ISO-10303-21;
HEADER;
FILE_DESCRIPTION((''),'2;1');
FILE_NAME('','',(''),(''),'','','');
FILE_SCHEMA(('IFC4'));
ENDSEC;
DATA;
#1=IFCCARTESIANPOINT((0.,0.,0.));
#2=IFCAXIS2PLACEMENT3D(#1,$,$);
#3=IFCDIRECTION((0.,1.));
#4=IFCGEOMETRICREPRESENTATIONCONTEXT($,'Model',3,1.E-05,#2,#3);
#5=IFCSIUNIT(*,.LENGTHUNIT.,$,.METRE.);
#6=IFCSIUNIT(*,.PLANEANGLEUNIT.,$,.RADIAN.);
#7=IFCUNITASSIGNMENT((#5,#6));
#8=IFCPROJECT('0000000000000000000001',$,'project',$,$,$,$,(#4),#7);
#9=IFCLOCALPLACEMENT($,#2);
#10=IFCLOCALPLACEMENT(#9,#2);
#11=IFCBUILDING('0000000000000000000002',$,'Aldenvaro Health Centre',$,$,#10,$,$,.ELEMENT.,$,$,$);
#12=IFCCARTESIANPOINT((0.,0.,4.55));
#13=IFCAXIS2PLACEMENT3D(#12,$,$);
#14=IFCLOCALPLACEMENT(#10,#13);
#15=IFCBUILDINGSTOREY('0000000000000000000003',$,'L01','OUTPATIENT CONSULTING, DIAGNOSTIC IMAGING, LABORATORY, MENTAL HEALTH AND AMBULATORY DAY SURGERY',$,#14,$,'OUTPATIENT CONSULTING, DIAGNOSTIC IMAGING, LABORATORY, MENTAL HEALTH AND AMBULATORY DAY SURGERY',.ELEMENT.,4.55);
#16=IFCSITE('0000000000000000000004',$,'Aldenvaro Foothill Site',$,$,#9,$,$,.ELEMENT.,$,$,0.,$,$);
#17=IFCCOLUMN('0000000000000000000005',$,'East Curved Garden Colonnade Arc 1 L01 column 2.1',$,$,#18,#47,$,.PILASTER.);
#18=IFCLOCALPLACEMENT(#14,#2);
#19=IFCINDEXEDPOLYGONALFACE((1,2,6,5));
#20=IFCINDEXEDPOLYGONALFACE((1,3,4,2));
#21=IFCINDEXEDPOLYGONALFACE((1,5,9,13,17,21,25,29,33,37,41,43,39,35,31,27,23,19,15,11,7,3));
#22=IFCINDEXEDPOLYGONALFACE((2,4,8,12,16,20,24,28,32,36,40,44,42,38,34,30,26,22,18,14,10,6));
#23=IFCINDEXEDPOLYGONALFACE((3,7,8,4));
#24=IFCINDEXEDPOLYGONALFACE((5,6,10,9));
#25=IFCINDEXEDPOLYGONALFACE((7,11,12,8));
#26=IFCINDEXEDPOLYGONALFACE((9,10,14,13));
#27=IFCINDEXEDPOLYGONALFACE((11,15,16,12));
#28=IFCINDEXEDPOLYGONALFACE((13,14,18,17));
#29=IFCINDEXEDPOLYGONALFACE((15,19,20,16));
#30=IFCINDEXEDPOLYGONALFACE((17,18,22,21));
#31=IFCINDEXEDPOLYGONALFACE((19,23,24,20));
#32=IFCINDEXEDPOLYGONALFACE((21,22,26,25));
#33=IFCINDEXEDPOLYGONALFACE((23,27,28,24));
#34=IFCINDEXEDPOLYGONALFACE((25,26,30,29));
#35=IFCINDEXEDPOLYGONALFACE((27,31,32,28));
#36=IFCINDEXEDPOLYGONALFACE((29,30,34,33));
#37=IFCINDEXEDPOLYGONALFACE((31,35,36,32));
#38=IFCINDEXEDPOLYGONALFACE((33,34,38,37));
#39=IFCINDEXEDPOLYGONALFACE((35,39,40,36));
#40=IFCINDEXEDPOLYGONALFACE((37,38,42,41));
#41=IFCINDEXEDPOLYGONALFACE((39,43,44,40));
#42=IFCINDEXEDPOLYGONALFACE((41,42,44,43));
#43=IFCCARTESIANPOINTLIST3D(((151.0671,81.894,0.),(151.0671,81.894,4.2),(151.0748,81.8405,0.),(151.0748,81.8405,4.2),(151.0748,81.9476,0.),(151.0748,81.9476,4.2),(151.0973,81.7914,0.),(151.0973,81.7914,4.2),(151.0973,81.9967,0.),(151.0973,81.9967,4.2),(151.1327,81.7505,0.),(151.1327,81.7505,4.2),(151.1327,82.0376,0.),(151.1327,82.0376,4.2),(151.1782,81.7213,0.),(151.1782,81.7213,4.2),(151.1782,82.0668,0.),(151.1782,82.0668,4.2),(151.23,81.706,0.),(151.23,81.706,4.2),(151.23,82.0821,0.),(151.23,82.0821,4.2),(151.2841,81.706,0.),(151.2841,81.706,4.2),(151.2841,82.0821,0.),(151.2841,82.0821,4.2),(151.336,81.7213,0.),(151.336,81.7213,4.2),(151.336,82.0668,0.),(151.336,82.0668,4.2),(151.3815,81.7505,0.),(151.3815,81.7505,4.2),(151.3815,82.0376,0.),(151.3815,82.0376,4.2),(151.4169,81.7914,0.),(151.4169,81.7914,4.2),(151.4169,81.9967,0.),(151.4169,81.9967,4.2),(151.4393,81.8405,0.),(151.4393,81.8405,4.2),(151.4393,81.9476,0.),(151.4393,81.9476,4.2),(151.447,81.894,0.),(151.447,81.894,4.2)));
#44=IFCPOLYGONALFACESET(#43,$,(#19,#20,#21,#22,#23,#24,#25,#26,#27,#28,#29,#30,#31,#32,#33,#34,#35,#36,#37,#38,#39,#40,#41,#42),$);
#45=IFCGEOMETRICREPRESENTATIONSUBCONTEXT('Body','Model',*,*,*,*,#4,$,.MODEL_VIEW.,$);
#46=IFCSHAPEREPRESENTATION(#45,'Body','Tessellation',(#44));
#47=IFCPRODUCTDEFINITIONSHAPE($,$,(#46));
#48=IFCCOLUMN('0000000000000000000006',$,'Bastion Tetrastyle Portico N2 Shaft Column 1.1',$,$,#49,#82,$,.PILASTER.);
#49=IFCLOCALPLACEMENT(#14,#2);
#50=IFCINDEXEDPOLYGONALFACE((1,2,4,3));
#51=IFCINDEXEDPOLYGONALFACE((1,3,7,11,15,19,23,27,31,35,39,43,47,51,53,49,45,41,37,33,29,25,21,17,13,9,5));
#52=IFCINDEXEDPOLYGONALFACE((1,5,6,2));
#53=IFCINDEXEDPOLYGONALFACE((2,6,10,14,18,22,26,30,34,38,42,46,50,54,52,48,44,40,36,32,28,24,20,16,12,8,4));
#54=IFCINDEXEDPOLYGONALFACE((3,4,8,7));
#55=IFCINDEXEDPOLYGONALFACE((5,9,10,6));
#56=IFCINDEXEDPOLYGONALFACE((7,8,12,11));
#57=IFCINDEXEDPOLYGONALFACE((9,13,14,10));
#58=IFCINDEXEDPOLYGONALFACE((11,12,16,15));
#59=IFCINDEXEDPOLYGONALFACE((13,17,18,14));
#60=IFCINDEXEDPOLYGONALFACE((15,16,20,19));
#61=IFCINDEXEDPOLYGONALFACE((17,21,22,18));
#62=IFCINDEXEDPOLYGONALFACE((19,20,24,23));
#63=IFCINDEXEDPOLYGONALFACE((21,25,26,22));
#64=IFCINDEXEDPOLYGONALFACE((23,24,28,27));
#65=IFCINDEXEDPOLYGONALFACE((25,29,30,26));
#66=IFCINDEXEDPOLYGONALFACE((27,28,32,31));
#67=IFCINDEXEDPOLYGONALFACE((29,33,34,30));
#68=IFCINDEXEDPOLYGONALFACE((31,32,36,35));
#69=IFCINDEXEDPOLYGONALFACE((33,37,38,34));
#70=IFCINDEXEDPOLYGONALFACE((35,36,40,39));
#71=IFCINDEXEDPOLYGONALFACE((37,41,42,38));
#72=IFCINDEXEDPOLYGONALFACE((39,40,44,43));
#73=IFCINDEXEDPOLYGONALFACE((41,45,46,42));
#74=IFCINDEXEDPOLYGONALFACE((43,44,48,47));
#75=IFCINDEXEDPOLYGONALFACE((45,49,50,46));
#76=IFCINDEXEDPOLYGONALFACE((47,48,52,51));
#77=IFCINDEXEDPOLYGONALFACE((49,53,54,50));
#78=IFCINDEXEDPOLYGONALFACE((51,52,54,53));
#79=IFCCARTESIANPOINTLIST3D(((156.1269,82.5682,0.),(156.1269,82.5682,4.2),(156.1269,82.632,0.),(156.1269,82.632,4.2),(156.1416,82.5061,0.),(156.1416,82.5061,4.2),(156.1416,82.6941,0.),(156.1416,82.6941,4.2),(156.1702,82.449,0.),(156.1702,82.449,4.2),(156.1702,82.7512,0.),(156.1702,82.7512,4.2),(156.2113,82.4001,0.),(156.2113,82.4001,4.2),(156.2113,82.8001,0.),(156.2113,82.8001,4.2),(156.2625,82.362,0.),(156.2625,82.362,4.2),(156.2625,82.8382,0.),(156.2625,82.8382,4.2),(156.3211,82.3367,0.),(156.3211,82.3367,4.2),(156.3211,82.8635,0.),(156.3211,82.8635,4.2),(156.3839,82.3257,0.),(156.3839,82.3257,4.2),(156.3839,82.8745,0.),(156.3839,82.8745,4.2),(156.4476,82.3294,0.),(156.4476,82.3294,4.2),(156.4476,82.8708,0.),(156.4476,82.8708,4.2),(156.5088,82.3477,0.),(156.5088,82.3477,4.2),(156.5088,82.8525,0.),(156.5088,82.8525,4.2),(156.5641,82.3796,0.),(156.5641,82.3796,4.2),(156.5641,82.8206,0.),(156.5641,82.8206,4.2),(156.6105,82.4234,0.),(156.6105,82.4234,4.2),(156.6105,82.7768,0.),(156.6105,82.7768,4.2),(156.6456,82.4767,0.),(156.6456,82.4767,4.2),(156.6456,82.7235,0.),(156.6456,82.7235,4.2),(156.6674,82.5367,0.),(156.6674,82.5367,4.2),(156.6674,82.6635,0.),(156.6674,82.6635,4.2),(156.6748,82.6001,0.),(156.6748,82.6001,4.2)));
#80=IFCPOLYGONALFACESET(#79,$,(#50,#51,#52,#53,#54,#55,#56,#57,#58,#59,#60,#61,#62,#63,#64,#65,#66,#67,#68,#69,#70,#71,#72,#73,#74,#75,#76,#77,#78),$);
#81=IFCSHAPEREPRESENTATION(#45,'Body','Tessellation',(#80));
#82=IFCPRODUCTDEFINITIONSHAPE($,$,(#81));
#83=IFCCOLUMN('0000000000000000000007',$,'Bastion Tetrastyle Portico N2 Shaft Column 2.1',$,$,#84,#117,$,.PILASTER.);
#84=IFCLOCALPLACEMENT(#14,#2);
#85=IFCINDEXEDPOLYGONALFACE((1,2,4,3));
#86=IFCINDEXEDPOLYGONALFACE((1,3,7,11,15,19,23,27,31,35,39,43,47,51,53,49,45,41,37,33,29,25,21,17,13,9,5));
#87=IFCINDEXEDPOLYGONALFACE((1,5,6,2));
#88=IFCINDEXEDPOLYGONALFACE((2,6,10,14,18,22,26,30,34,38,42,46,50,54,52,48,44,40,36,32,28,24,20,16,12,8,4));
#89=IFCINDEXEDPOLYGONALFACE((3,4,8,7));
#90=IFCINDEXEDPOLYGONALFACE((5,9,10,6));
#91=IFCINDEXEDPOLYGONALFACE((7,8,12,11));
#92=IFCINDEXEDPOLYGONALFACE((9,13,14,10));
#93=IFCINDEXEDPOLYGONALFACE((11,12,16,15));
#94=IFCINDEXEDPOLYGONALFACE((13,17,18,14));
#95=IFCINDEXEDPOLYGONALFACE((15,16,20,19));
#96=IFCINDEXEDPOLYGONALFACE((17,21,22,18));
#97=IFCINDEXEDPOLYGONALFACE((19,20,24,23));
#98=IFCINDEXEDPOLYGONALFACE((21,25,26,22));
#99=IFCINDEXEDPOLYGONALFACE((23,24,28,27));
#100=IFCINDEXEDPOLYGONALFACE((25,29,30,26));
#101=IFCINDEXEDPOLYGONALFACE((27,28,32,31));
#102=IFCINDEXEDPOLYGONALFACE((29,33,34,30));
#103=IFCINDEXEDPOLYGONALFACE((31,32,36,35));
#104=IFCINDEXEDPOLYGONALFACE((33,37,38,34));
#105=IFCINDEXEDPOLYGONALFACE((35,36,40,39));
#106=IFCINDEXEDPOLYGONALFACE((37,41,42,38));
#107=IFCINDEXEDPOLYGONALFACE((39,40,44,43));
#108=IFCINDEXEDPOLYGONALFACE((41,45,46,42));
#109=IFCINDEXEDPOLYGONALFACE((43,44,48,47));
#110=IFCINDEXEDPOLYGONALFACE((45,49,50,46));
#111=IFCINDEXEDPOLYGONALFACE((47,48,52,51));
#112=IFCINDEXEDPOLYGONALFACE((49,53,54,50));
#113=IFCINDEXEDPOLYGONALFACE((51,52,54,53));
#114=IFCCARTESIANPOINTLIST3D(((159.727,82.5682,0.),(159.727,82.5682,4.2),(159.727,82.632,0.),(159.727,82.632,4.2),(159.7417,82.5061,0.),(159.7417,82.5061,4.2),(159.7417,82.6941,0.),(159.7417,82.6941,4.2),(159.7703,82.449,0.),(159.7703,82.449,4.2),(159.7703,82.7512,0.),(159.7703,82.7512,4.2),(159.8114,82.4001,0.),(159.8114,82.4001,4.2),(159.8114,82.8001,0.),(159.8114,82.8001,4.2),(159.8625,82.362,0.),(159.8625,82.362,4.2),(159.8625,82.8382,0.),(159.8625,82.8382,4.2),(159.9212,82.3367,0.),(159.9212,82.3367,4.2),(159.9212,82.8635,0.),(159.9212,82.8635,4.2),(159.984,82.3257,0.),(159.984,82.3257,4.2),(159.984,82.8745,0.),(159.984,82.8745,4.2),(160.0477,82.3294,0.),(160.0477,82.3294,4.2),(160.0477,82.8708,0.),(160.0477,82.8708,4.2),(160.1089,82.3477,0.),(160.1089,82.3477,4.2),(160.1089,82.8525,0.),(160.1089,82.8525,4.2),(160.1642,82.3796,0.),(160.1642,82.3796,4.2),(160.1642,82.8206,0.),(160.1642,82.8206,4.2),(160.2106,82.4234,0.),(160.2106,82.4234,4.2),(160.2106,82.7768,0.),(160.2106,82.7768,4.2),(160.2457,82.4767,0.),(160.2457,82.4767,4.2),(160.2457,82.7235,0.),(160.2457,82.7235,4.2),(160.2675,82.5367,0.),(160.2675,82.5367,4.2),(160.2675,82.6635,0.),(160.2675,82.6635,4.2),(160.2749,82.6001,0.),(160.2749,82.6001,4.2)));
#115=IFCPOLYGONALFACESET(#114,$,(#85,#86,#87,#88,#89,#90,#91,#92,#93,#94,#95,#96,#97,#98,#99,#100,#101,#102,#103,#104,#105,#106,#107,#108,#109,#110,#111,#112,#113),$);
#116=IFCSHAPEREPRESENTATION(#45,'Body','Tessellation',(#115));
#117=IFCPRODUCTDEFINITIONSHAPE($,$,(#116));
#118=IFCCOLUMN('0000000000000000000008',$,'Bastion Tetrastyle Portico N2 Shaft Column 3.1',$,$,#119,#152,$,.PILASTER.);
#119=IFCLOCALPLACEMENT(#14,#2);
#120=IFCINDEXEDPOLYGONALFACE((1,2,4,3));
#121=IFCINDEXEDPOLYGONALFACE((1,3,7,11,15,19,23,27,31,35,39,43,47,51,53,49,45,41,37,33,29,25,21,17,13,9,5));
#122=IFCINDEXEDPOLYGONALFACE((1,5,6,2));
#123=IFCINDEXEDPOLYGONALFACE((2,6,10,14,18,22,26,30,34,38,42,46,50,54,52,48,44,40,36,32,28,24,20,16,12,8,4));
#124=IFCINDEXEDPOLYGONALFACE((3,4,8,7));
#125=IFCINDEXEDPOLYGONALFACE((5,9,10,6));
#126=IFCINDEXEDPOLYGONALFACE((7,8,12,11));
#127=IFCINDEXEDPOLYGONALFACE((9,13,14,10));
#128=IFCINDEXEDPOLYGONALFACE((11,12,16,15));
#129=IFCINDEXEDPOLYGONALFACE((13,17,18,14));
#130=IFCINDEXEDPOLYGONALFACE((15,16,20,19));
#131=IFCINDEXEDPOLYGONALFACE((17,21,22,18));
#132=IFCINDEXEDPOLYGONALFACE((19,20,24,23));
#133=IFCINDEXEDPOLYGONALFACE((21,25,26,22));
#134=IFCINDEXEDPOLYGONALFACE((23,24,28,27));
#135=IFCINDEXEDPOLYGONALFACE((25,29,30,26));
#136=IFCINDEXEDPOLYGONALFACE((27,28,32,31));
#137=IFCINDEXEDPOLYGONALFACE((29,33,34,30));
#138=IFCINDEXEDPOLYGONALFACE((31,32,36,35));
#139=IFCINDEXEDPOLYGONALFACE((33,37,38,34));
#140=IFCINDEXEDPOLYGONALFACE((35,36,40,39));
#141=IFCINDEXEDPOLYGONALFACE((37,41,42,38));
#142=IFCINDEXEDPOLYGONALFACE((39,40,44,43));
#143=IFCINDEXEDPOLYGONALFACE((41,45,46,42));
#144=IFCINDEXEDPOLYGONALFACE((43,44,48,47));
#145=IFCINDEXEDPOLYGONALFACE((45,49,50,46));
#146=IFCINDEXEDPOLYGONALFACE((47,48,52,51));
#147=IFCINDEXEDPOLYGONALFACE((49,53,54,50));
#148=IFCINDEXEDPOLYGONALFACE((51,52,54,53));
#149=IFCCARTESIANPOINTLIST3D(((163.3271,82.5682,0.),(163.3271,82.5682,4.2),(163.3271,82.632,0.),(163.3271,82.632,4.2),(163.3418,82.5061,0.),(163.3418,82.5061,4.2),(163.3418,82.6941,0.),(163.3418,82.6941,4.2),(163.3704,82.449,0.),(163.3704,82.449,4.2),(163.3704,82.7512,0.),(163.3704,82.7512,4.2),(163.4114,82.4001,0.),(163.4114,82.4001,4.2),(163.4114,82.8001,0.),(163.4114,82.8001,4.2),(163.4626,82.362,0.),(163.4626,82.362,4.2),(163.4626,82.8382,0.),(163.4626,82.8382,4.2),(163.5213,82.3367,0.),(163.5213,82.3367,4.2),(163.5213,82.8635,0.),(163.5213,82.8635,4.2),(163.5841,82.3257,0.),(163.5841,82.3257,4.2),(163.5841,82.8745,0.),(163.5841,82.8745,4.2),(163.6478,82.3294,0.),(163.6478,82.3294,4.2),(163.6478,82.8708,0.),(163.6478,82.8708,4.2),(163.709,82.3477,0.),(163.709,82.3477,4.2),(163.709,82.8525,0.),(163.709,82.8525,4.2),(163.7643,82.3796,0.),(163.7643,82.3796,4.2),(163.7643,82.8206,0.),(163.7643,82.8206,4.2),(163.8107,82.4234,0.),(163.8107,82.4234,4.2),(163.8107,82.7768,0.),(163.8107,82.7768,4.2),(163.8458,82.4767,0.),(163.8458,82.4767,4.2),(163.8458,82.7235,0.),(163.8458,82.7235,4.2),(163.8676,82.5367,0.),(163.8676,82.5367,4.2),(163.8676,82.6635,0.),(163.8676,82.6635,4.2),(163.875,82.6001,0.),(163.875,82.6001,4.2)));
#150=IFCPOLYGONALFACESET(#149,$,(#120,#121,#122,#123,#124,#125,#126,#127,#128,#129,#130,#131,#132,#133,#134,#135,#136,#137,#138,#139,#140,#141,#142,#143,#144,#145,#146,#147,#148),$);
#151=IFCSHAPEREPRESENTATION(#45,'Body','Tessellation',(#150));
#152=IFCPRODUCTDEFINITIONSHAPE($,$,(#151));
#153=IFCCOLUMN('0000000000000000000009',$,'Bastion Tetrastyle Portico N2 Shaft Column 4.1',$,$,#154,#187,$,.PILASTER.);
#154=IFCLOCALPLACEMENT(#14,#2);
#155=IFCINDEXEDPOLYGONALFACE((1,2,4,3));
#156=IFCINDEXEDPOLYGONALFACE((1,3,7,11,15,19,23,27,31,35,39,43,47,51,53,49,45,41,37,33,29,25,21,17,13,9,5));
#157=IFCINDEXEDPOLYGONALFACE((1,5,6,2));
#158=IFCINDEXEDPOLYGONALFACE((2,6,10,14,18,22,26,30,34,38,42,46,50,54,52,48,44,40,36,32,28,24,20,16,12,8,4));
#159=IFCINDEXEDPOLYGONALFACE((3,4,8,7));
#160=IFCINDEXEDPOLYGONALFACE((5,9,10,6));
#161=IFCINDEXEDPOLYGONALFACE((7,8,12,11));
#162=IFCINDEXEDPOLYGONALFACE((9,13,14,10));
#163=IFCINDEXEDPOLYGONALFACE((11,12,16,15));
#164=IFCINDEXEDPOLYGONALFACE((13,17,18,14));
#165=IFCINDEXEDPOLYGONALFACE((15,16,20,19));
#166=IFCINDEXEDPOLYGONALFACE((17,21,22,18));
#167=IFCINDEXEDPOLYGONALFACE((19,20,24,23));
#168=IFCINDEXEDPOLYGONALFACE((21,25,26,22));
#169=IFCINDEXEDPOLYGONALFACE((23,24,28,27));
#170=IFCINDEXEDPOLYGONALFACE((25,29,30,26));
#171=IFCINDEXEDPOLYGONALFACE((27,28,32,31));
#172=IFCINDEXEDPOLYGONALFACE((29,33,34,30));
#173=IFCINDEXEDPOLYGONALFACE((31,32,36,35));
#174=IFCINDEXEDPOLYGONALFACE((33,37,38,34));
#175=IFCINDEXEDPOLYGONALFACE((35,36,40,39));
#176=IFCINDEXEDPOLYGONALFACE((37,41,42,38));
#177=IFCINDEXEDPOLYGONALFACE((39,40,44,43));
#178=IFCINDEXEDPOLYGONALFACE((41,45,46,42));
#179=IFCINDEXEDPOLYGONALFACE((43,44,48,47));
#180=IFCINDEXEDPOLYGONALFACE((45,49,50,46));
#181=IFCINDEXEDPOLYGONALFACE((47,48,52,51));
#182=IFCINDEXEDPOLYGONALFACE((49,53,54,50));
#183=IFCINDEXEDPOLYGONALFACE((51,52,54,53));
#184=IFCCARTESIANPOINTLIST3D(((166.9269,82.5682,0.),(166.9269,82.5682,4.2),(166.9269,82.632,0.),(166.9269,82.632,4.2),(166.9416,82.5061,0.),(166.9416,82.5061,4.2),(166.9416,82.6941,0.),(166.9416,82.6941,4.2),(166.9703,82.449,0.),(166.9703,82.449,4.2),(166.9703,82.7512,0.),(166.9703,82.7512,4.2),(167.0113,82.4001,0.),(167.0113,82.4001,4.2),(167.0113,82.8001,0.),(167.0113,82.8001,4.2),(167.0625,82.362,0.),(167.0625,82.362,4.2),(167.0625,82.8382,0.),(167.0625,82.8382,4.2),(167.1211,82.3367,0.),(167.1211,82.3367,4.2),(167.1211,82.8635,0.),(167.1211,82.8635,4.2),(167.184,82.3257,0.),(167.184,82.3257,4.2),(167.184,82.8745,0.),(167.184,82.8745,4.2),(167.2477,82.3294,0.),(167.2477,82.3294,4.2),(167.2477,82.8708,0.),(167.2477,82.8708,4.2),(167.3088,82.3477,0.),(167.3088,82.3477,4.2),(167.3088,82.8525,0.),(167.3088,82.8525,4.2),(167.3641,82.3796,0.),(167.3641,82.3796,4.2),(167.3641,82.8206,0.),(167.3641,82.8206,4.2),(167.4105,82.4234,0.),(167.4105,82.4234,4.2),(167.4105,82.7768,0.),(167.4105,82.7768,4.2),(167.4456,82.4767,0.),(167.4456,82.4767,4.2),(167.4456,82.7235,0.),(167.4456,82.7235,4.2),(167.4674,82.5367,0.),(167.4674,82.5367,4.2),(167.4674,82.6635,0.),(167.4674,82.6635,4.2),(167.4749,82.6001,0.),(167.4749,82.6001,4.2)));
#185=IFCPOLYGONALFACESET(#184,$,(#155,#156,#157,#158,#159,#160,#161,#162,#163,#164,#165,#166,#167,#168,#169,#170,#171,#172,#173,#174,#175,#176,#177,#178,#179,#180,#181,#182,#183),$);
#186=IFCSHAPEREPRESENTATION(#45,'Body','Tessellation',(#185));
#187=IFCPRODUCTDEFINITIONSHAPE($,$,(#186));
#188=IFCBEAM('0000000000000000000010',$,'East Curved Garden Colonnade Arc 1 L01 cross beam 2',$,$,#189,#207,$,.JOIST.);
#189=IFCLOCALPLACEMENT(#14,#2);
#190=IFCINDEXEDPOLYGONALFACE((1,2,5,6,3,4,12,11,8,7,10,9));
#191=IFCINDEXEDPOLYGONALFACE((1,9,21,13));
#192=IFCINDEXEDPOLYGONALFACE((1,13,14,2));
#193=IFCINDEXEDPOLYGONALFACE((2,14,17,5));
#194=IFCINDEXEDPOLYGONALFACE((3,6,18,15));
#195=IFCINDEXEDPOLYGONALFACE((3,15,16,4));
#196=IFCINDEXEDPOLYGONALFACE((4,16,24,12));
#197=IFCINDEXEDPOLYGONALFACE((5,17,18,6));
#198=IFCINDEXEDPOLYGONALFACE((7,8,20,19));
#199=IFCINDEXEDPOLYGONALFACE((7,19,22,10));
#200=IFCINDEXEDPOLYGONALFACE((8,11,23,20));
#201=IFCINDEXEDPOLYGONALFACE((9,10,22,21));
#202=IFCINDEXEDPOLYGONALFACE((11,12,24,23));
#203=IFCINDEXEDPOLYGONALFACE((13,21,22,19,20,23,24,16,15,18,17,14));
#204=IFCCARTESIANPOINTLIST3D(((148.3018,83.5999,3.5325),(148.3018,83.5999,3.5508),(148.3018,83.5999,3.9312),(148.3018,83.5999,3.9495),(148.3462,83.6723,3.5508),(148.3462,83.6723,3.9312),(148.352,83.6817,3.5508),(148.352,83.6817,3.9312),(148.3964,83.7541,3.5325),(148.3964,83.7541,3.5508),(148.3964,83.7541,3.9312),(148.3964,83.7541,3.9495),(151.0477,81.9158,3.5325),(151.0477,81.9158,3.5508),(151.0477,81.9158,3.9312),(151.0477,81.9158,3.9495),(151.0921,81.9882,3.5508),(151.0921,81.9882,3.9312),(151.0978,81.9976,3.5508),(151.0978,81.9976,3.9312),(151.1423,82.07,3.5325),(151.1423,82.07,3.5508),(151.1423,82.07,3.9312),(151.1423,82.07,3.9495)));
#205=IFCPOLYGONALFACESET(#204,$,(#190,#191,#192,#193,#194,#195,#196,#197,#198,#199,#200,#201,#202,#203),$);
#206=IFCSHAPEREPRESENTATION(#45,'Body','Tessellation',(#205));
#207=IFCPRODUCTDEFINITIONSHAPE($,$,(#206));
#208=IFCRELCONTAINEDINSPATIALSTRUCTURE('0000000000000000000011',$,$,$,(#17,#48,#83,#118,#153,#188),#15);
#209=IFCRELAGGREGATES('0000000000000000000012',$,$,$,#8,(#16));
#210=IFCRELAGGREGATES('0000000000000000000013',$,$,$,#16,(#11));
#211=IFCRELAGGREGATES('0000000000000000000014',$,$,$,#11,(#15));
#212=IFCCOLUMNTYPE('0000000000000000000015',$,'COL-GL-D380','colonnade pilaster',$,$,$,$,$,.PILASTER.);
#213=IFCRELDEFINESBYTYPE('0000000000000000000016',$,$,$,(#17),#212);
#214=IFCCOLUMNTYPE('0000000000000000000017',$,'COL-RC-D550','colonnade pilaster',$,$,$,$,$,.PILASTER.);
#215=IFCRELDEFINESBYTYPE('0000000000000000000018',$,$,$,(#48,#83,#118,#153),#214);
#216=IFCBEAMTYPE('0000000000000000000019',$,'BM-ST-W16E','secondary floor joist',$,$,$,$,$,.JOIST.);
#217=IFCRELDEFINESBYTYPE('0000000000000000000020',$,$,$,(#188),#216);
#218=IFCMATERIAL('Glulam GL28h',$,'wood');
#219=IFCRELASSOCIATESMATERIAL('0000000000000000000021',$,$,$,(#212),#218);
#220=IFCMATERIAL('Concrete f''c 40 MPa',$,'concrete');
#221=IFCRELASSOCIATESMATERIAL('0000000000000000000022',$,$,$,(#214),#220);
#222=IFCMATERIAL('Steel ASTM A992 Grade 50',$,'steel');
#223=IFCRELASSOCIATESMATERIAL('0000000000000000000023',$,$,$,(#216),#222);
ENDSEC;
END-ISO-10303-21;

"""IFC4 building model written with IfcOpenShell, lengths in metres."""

from ifc_helpers import new_model, si_unit, direction, frame, origin, origin_2d, place, context, subcontext, project, spatial, circle, i_section, extrude, material, material_profile, profile_set, type_object, element, save


model = new_model("IFC4")

# Units and contexts
model_context = context("Model", 3, precision=1e-05, world=origin(), true_north=direction((0.0, 1.0)))
body_context = subcontext(model_context, "Body", "Model", "MODEL_VIEW")
ifc_project = project(units=[si_unit("LENGTHUNIT", "METRE"), si_unit("PLANEANGLEUNIT", "RADIAN")], contexts=[model_context])

# Site, building, storey
site_placement = place(None, origin())
site = spatial("IfcSite", under=ifc_project, at=site_placement, Name="Aldenvaro Foothill Site", CompositionType="ELEMENT", RefElevation=0.0)
building_placement = place(site_placement, origin())
building = spatial("IfcBuilding", under=site, at=building_placement, Name="Aldenvaro Health Centre", CompositionType="ELEMENT")
storey_placement = place(building_placement, frame((0.0, 0.0, 4.55)))
storey = spatial("IfcBuildingStorey", under=building, at=storey_placement, Name="L01", Description="OUTPATIENT CONSULTING, DIAGNOSTIC IMAGING, LABORATORY, MENTAL HEALTH AND AMBULATORY DAY SURGERY", LongName="OUTPATIENT CONSULTING, DIAGNOSTIC IMAGING, LABORATORY, MENTAL HEALTH AND AMBULATORY DAY SURGERY", CompositionType="ELEMENT", Elevation=4.55)

# Columns
ifc_material_1 = material(Name="Glulam GL28h", Category="wood")
ifc_material_profile_1 = material_profile(ifc_material_1, circle(Radius=0.1899, at=origin_2d()), Name="GL D380", Category="wood")
ifc_profile_set_1 = profile_set([ifc_material_profile_1], Name="Glulam GL28h")
column_type_1 = type_object("IfcColumnType", Name="COL-GL-D380", Description="colonnade pilaster", PredefinedType="PILASTER", material=ifc_profile_set_1)
column_placement = place(storey_placement, frame((151.2571, 81.894, 0.0), z_axis=(0.0, 0.0, 1.0), x_axis=(1.0, 0.0, 0.0)))
element("IfcColumn", 1, at=column_placement, inside=storey, type_object=column_type_1, Name="East Curved Garden Colonnade Arc 1 L01 column 2.1", PredefinedType="PILASTER", context=body_context, shape_type="SweptSolid", body=[
    extrude(circle(Radius=0.1899, at=origin_2d()), origin(), (0.0, 0.0, 1.0), 4.2),
])
ifc_material_2 = material(Name="Concrete f'c 40 MPa", Category="concrete")
ifc_material_profile_2 = material_profile(ifc_material_2, circle(Radius=0.2749, at=origin_2d()), Name="RC D550", Category="concrete")
ifc_profile_set_2 = profile_set([ifc_material_profile_2], Name="Concrete f'c 40 MPa")
column_type_2 = type_object("IfcColumnType", Name="COL-RC-D550", Description="colonnade pilaster", PredefinedType="PILASTER", material=ifc_profile_set_2)
for number, where, z_axis, x_axis, name in (
    (2, (156.3999, 82.6001, 0.0), (0.0, 0.0, 1.0), (1.0, 0.0, 0.0), "Bastion Tetrastyle Portico N2 Shaft Column 1.1"),
    (3, (160.0, 82.6001, 0.0), (0.0, 0.0, 1.0), (1.0, 0.0, 0.0), "Bastion Tetrastyle Portico N2 Shaft Column 2.1"),
    (4, (163.6001, 82.6001, 0.0), (0.0, 0.0, 1.0), (1.0, 0.0, 0.0), "Bastion Tetrastyle Portico N2 Shaft Column 3.1"),
    (5, (167.2, 82.6001, 0.0), (0.0, 0.0, 1.0), (1.0, 0.0, 0.0), "Bastion Tetrastyle Portico N2 Shaft Column 4.1"),
):
    element("IfcColumn", number, at=place(storey_placement, frame(where, z_axis=z_axis, x_axis=x_axis)), inside=storey, type_object=column_type_2, Name=name, PredefinedType="PILASTER", context=body_context, shape_type="SweptSolid", body=[
        extrude(circle(Radius=0.2749, at=origin_2d()), origin(), (0.0, 0.0, 1.0), 4.2),
    ])

# Beam
ifc_material_3 = material(Name="Steel ASTM A992 Grade 50", Category="steel")
ifc_material_profile_3 = material_profile(ifc_material_3, i_section(OverallWidth=0.1809, OverallDepth=0.417, WebThickness=0.011, FlangeThickness=0.0183, at=origin_2d()), Name="W16X57", Category="steel")
ifc_profile_set_3 = profile_set([ifc_material_profile_3], Name="Steel ASTM A992 Grade 50")
beam_type_1 = type_object("IfcBeamType", Name="BM-ST-W16E", Description="secondary floor joist", PredefinedType="JOIST", material=ifc_profile_set_3)
beam_1_placement = place(storey_placement, frame((151.095, 81.9929, 3.741), z_axis=(-0.852443, 0.52282, 0.0), x_axis=(-0.52282, -0.852443, 0.0)))
element("IfcBeam", 6, at=beam_1_placement, inside=storey, type_object=beam_type_1, Name="East Curved Garden Colonnade Arc 1 L01 cross beam 2", PredefinedType="JOIST", context=body_context, shape_type="SweptSolid", body=[
    extrude(i_section(OverallWidth=0.1809, OverallDepth=0.417, WebThickness=0.011, FlangeThickness=0.0183, at=origin_2d()), origin(), (0.0, 0.0, 1.0), 3.2212),
])

save(model, "model.ifc")
